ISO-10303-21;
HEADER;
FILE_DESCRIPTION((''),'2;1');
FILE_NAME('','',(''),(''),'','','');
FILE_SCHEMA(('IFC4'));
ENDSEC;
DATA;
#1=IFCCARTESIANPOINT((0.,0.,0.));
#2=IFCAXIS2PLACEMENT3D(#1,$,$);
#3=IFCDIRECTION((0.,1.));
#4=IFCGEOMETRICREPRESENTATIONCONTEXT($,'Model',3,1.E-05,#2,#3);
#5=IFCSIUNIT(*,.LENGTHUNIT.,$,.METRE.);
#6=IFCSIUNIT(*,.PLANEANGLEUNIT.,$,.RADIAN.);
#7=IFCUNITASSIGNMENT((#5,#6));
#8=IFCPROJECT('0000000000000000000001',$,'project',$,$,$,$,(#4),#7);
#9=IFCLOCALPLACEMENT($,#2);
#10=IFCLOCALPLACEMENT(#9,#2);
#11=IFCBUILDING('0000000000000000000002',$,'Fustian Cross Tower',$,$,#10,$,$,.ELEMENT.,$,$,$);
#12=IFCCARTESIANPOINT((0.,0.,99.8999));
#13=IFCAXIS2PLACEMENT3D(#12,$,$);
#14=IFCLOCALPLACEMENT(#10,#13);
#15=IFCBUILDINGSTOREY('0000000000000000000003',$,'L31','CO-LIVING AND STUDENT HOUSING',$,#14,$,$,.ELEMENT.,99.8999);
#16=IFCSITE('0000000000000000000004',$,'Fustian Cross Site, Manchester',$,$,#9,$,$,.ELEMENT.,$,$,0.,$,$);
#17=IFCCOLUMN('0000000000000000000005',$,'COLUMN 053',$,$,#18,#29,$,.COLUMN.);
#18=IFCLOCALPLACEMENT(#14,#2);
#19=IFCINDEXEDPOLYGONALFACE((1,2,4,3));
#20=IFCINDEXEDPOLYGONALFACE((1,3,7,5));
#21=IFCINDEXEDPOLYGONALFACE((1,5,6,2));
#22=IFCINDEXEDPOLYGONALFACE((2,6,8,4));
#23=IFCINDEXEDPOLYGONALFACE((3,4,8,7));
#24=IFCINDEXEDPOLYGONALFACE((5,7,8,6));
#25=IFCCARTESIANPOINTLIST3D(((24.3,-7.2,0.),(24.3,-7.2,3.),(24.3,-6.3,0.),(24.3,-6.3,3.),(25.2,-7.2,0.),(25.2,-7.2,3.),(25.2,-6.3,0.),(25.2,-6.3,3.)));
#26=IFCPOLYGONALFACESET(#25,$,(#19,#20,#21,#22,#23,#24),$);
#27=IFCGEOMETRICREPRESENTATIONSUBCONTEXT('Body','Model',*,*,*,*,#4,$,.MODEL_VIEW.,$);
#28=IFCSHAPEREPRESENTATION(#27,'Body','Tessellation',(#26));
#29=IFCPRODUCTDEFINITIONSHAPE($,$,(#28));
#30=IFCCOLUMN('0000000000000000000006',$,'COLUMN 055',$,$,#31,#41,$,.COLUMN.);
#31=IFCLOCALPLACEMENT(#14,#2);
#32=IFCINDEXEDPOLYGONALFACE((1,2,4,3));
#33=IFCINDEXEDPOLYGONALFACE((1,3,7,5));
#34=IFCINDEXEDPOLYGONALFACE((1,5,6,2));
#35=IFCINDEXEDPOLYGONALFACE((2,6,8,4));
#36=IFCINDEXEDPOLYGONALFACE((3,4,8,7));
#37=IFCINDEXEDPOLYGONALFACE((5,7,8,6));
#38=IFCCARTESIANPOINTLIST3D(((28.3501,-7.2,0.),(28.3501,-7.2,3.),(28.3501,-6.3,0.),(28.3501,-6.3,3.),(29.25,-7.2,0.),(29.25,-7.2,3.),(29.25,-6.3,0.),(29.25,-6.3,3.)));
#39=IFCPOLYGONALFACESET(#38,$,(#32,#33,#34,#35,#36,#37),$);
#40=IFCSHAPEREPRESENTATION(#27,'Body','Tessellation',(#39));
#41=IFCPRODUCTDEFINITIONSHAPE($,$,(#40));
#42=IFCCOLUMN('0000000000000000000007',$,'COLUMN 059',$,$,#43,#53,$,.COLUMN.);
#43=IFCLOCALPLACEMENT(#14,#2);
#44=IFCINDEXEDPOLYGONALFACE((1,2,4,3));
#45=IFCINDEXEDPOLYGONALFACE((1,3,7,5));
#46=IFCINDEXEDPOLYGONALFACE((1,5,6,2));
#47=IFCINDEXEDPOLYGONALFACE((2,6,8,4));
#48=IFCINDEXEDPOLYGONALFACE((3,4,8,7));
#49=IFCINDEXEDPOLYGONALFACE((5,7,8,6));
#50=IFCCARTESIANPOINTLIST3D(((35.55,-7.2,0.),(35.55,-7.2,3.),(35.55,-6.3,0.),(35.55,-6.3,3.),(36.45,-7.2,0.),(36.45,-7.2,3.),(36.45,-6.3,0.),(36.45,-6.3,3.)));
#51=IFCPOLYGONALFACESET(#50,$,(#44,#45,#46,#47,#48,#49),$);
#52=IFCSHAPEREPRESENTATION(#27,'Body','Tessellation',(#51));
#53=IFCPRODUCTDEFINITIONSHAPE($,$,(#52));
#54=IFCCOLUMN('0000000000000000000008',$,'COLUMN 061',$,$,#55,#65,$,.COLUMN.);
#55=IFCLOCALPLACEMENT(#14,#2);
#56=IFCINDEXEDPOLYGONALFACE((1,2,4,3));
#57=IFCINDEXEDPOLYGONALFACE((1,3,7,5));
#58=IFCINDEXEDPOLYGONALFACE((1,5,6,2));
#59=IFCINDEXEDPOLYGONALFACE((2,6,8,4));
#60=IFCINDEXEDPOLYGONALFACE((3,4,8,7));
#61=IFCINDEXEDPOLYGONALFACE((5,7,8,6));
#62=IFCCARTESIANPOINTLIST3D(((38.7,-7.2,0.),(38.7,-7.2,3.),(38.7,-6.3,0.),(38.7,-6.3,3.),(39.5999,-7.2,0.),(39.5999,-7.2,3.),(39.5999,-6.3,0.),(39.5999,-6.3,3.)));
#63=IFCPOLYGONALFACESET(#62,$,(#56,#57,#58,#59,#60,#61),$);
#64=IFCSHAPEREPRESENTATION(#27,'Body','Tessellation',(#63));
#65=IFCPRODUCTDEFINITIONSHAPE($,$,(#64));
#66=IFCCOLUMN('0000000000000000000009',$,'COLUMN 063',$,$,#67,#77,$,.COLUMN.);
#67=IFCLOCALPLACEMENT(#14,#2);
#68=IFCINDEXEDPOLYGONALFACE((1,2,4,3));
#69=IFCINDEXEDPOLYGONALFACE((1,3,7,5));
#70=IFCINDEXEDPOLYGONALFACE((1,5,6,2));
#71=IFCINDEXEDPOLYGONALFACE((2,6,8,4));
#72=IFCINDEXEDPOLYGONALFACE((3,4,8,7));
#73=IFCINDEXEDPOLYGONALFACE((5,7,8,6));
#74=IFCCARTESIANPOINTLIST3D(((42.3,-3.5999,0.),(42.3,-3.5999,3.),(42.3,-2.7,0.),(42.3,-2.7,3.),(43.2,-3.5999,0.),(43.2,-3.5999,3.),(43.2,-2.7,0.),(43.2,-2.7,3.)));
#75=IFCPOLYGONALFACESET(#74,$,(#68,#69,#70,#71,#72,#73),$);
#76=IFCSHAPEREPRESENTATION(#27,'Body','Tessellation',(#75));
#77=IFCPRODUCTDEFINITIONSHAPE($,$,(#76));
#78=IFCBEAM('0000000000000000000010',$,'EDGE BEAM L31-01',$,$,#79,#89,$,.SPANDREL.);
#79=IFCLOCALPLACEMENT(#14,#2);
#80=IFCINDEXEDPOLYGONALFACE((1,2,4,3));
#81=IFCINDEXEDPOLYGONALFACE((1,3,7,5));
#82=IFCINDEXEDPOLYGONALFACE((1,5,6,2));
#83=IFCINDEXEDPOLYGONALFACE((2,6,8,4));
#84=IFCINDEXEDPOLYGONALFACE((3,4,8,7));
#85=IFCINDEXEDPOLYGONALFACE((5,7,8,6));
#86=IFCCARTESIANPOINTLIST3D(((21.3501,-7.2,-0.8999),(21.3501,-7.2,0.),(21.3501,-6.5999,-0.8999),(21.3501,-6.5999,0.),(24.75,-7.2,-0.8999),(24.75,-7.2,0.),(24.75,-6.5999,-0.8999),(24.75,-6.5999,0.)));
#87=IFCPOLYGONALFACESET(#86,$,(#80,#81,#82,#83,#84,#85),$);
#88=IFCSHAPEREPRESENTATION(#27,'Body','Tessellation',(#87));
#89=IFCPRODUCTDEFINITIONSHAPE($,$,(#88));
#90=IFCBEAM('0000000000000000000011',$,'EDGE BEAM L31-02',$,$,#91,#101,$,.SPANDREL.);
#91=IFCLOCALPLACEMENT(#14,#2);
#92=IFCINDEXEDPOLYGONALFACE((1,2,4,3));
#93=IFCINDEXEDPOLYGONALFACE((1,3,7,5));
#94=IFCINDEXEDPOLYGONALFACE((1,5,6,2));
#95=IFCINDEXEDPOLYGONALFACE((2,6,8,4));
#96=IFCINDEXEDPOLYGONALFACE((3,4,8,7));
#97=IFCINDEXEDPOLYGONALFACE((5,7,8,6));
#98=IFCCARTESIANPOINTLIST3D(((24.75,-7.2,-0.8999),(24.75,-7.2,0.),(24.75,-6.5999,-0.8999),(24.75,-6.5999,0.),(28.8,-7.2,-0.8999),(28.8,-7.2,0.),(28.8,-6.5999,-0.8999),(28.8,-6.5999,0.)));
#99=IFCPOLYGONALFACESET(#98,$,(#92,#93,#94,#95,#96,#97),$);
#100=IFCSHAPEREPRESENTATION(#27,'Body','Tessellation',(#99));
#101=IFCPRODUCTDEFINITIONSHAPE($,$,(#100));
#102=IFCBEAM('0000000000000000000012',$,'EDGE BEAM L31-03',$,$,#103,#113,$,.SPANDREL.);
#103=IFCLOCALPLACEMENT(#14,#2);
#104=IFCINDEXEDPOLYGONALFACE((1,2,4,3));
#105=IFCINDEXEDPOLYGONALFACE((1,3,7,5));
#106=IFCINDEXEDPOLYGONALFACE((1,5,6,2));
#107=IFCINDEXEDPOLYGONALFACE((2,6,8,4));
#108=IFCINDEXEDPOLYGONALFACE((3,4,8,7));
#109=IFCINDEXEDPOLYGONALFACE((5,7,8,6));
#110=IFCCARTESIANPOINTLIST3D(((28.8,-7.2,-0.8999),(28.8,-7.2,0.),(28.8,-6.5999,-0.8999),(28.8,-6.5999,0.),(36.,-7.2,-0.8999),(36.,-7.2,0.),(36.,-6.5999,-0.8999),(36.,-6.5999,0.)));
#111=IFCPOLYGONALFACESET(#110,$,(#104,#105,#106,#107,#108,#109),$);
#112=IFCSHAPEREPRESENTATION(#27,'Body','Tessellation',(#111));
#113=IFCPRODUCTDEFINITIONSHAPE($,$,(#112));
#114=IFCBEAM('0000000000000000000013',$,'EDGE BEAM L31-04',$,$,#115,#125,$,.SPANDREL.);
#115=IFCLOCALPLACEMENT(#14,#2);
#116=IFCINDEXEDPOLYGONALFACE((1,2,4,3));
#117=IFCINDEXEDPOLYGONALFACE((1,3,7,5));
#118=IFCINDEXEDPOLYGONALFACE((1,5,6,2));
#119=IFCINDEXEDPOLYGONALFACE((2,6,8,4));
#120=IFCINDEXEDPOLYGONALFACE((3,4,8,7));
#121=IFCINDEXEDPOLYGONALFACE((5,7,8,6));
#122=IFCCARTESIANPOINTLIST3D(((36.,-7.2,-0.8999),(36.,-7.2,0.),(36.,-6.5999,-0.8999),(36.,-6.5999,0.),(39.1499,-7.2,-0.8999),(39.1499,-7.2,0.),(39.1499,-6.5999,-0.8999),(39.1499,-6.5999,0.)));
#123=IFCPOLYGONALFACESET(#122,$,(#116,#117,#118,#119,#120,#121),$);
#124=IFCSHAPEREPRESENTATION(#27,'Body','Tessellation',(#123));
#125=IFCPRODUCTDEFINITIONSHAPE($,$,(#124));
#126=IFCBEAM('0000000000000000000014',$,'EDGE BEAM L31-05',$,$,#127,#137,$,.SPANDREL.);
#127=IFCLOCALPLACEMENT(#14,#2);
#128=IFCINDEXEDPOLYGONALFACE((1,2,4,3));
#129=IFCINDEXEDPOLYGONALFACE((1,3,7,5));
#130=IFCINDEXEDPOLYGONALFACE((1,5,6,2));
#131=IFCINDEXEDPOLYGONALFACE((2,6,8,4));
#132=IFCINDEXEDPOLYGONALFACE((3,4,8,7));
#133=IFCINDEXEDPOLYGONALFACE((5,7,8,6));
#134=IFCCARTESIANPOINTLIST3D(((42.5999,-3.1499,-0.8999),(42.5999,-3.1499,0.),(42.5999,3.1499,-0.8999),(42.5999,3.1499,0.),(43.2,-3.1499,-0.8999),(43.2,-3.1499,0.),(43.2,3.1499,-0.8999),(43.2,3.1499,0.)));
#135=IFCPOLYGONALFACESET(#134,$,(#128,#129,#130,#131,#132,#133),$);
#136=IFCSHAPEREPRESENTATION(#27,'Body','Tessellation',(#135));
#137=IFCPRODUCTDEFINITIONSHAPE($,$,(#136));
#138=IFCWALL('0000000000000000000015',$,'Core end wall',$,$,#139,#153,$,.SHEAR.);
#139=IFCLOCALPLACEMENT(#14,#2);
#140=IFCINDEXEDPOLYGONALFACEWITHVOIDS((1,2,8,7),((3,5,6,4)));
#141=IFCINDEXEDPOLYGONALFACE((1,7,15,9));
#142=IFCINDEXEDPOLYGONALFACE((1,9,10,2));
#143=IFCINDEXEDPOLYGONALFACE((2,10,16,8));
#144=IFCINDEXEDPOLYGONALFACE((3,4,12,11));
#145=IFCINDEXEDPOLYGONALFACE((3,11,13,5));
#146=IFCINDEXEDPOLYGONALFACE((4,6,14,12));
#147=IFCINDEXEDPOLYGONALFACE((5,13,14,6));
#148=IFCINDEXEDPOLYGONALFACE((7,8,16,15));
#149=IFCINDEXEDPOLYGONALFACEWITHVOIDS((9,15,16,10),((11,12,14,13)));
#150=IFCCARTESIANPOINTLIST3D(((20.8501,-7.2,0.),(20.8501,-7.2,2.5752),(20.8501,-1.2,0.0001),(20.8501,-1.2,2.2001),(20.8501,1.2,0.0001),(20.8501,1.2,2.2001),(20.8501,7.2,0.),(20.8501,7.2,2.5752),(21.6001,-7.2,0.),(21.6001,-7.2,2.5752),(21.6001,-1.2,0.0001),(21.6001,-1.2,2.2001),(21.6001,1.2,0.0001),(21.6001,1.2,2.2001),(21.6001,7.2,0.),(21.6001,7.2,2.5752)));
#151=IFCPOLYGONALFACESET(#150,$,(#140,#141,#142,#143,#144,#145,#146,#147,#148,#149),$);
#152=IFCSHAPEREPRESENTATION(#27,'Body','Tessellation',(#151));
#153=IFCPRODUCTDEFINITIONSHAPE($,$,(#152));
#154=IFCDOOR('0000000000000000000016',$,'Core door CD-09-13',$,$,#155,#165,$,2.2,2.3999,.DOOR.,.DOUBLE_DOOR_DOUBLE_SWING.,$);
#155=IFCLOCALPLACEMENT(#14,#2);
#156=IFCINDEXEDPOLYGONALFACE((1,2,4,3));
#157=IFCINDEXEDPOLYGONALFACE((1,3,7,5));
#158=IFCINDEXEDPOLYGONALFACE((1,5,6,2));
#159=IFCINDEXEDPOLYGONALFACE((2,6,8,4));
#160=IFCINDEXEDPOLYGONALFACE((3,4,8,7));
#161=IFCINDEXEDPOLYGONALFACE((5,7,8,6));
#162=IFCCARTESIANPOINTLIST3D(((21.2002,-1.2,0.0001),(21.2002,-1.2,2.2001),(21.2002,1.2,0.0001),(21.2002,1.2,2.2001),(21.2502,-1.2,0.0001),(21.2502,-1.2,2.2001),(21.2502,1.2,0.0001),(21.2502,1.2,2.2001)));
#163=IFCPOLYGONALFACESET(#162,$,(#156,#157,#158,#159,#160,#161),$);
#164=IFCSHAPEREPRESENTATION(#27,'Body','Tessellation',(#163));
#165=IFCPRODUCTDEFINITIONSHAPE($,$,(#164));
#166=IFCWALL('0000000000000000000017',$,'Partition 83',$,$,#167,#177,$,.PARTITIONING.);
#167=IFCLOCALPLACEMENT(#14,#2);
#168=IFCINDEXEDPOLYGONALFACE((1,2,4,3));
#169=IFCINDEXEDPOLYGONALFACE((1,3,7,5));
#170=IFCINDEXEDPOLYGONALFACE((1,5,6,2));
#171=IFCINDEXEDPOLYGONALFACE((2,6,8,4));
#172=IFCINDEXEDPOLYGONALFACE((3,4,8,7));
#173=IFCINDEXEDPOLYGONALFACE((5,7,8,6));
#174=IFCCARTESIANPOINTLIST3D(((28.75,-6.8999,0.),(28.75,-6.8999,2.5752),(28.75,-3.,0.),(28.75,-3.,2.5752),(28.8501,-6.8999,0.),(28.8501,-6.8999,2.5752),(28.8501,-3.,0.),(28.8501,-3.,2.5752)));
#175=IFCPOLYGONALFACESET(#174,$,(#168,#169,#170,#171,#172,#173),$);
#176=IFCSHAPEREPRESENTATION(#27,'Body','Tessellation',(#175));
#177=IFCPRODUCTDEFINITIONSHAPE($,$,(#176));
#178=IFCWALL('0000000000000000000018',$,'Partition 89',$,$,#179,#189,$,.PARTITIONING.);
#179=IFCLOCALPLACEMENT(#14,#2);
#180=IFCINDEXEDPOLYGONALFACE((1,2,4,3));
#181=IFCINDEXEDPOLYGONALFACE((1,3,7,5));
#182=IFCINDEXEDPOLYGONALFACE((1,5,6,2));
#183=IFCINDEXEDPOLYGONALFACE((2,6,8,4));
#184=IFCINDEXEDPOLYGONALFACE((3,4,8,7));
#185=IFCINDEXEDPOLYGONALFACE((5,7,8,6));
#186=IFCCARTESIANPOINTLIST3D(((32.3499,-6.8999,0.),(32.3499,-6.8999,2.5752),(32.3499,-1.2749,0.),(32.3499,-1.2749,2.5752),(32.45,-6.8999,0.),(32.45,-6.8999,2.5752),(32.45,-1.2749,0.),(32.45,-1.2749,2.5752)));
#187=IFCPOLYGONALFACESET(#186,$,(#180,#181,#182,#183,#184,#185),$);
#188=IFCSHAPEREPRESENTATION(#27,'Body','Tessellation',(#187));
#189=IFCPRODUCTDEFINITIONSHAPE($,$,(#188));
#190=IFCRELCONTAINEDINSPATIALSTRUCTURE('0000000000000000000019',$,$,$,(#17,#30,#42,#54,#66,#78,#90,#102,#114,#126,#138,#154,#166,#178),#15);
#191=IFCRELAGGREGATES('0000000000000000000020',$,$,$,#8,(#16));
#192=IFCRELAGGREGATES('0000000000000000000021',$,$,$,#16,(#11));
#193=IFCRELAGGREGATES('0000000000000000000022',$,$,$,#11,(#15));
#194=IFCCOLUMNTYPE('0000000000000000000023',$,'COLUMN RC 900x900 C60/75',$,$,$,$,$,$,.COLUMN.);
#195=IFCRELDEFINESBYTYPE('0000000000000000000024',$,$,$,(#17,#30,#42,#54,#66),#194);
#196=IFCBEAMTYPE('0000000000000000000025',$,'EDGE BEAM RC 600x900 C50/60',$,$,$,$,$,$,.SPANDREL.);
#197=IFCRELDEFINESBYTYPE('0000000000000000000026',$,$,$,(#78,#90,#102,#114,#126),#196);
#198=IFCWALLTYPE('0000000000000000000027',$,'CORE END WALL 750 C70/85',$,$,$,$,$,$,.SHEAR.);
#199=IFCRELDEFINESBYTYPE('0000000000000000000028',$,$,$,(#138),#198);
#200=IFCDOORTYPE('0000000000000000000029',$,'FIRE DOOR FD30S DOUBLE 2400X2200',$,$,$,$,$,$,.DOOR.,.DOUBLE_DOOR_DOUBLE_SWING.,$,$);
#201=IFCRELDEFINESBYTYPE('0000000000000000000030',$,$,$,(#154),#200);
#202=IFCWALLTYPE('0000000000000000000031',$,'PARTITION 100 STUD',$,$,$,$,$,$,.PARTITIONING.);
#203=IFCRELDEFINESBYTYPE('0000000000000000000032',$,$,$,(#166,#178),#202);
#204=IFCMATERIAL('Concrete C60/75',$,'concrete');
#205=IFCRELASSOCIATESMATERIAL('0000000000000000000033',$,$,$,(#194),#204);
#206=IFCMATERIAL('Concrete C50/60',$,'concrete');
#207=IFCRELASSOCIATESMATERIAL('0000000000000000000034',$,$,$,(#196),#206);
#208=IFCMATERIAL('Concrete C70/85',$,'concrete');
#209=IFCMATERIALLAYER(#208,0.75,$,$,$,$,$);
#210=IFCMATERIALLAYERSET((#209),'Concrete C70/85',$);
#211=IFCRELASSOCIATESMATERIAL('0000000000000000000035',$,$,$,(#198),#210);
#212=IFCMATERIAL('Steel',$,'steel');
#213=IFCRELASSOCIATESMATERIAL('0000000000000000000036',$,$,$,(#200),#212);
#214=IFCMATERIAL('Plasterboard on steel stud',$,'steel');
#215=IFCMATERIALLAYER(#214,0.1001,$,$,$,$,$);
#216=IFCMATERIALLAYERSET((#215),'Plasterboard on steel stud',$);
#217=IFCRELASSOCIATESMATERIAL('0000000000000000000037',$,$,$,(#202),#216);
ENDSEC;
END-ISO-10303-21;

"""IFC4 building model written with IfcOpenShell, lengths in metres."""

from ifc_helpers import new_model, si_unit, direction, frame, frame_2d, origin, origin_2d, place, context, subcontext, project, spatial, rectangle, extrude, material, layer, layer_set, material_profile, profile_set, type_object, element, fill, save


model = new_model("IFC4")

# Units and contexts
model_context = context("Model", 3, precision=1e-05, world=origin(), true_north=direction((0.0, 1.0)))
body_context = subcontext(model_context, "Body", "Model", "MODEL_VIEW")
ifc_project = project(units=[si_unit("LENGTHUNIT", "METRE"), si_unit("PLANEANGLEUNIT", "RADIAN")], contexts=[model_context])

# Site, building, storey
site_placement = place(None, origin())
site = spatial("IfcSite", under=ifc_project, at=site_placement, Name="Fustian Cross Site, Manchester", CompositionType="ELEMENT", RefElevation=0.0)
building_placement = place(site_placement, origin())
building = spatial("IfcBuilding", under=site, at=building_placement, Name="Fustian Cross Tower", CompositionType="ELEMENT")
storey_placement = place(building_placement, frame((0.0, 0.0, 99.8999)))
storey = spatial("IfcBuildingStorey", under=building, at=storey_placement, Name="L31", Description="CO-LIVING AND STUDENT HOUSING", CompositionType="ELEMENT", Elevation=99.8999)

# Columns
ifc_material_1 = material(Name="Concrete C60/75", Category="concrete")
ifc_material_profile_1 = material_profile(ifc_material_1, rectangle(XDim=0.8999, YDim=0.8999, at=origin_2d()), Name="RC 900x900")
ifc_profile_set_1 = profile_set([ifc_material_profile_1], Name="Concrete C60/75")
column_type = type_object("IfcColumnType", Name="COLUMN RC 900x900 C60/75", PredefinedType="COLUMN", material=ifc_profile_set_1)
for number, where, z_axis, x_axis, name in (
    (1, (24.75, -6.75, 0.0), (0.0, 0.0, 1.0), (1.0, 0.0, 0.0), "COLUMN 053"),
    (2, (28.8, -6.75, 0.0), (0.0, 0.0, 1.0), (1.0, 0.0, 0.0), "COLUMN 055"),
    (3, (36.0, -6.75, 0.0), (0.0, 0.0, 1.0), (1.0, 0.0, 0.0), "COLUMN 059"),
    (4, (39.1499, -6.75, 0.0), (0.0, 0.0, 1.0), (1.0, 0.0, 0.0), "COLUMN 061"),
    (5, (42.75, -3.1499, 0.0), (0.0, 0.0, 1.0), (1.0, 0.0, 0.0), "COLUMN 063"),
):
    element("IfcColumn", number, at=place(storey_placement, frame(where, z_axis=z_axis, x_axis=x_axis)), inside=storey, type_object=column_type, Name=name, PredefinedType="COLUMN", context=body_context, shape_type="SweptSolid", body=[
        extrude(rectangle(XDim=0.8999, YDim=0.8999, at=origin_2d()), origin(), (0.0, 0.0, 1.0), 3.0),
    ])

# Beams
ifc_material_2 = material(Name="Concrete C50/60", Category="concrete")
ifc_material_profile_2 = material_profile(ifc_material_2, rectangle(XDim=0.6001, YDim=0.8999, at=origin_2d()), Name="RC 600x900")
ifc_profile_set_2 = profile_set([ifc_material_profile_2], Name="Concrete C50/60")
beam_type = type_object("IfcBeamType", Name="EDGE BEAM RC 600x900 C50/60", PredefinedType="SPANDREL", material=ifc_profile_set_2)
beam_1_placement = place(storey_placement, frame((21.3501, -6.8999, -0.45), z_axis=(1.0, 0.0, 0.0), x_axis=(0.0, 1.0, 0.0)))
element("IfcBeam", 6, at=beam_1_placement, inside=storey, type_object=beam_type, Name="EDGE BEAM L31-01", PredefinedType="SPANDREL", context=body_context, shape_type="SweptSolid", body=[
    extrude(rectangle(XDim=0.6001, YDim=0.8999, at=origin_2d()), origin(), (0.0, 0.0, 1.0), 3.3999),
])
beam_2_placement = place(storey_placement, frame((24.75, -6.8999, -0.45), z_axis=(1.0, 0.0, 0.0), x_axis=(0.0, 1.0, 0.0)))
element("IfcBeam", 7, at=beam_2_placement, inside=storey, type_object=beam_type, Name="EDGE BEAM L31-02", PredefinedType="SPANDREL", context=body_context, shape_type="SweptSolid", body=[
    extrude(rectangle(XDim=0.6001, YDim=0.8999, at=origin_2d()), origin(), (0.0, 0.0, 1.0), 4.05),
])
beam_3_placement = place(storey_placement, frame((28.8, -6.8999, -0.45), z_axis=(1.0, 0.0, 0.0), x_axis=(0.0, 1.0, 0.0)))
element("IfcBeam", 8, at=beam_3_placement, inside=storey, type_object=beam_type, Name="EDGE BEAM L31-03", PredefinedType="SPANDREL", context=body_context, shape_type="SweptSolid", body=[
    extrude(rectangle(XDim=0.6001, YDim=0.8999, at=origin_2d()), origin(), (0.0, 0.0, 1.0), 7.2),
])
beam_4_placement = place(storey_placement, frame((36.0, -6.8999, -0.45), z_axis=(1.0, 0.0, 0.0), x_axis=(0.0, 1.0, 0.0)))
element("IfcBeam", 9, at=beam_4_placement, inside=storey, type_object=beam_type, Name="EDGE BEAM L31-04", PredefinedType="SPANDREL", context=body_context, shape_type="SweptSolid", body=[
    extrude(rectangle(XDim=0.6001, YDim=0.8999, at=origin_2d()), origin(), (0.0, 0.0, 1.0), 3.1499),
])
beam_5_placement = place(storey_placement, frame((42.8999, -3.1499, -0.45), z_axis=(0.0, 1.0, 0.0), x_axis=(-1.0, 0.0, 0.0)))
element("IfcBeam", 10, at=beam_5_placement, inside=storey, type_object=beam_type, Name="EDGE BEAM L31-05", PredefinedType="SPANDREL", context=body_context, shape_type="SweptSolid", body=[
    extrude(rectangle(XDim=0.6001, YDim=0.8999, at=origin_2d()), origin(), (0.0, 0.0, 1.0), 6.2998),
])

# Wall, opening, door
ifc_material_3 = material(Name="Concrete C70/85", Category="concrete")
ifc_layer_1 = layer(ifc_material_3, 0.75)
ifc_layer_set_1 = layer_set([ifc_layer_1], Name="Concrete C70/85")
wall_type_1 = type_object("IfcWallType", Name="CORE END WALL 750 C70/85", PredefinedType="SHEAR", material=ifc_layer_set_1)
wall_1_placement = place(storey_placement, frame((21.2251, -7.2, 0.0), z_axis=(0.0, 0.0, 1.0), x_axis=(0.0, 1.0, 0.0)))
wall_1 = element("IfcWall", 11, at=wall_1_placement, inside=storey, type_object=wall_type_1, Name="Core end wall", PredefinedType="SHEAR", context=body_context, shape_type="SweptSolid", body=[
    extrude(rectangle(XDim=14.3999, YDim=0.75, at=frame_2d((7.2, 0.0))), origin(), (0.0, 0.0, 1.0), 2.5752),
])
opening_1_placement = place(wall_1_placement, frame((6.0, 0.0, 0.0)))
opening_1 = element("IfcOpeningElement", 12, at=opening_1_placement, cuts=wall_1, PredefinedType="OPENING", context=body_context, shape_type="SweptSolid", body=[
    extrude(rectangle(XDim=2.3999, YDim=2.2, at=frame_2d((1.2, 1.1001))), frame((0.0, 0.385, 0.0), z_axis=(0.0, -1.0, 0.0), x_axis=(1.0, 0.0, 0.0)), (0.0, 0.0, 1.0), 0.77),
])
ifc_material_4 = material(Name="Steel", Category="steel")
door_type = type_object("IfcDoorType", Name="FIRE DOOR FD30S DOUBLE 2400X2200", OperationType="DOUBLE_DOOR_DOUBLE_SWING", PredefinedType="DOOR", material=ifc_material_4)
door_placement = place(opening_1_placement, origin())
door = element("IfcDoor", 13, at=door_placement, inside=storey, type_object=door_type, Name="Core door CD-09-13", OperationType="DOUBLE_DOOR_DOUBLE_SWING", OverallHeight=2.2, OverallWidth=2.3999, PredefinedType="DOOR", context=body_context, shape_type="SweptSolid", body=[
    extrude(rectangle(XDim=2.3999, YDim=2.2, at=frame_2d((1.2, 1.1001))), frame((0.0, 0.0249, 0.0), z_axis=(0.0, -1.0, 0.0), x_axis=(1.0, 0.0, 0.0)), (0.0, 0.0, 1.0), 0.05),
])
fill(opening_1, door)

# Walls
ifc_material_5 = material(Name="Plasterboard on steel stud", Category="steel")
ifc_layer_2 = layer(ifc_material_5, 0.1001)
ifc_layer_set_2 = layer_set([ifc_layer_2], Name="Plasterboard on steel stud")
wall_type_2 = type_object("IfcWallType", Name="PARTITION 100 STUD", PredefinedType="PARTITIONING", material=ifc_layer_set_2)
wall_2_placement = place(storey_placement, frame((28.8, -6.8999, 0.0), z_axis=(0.0, 0.0, 1.0), x_axis=(0.0, 1.0, 0.0)))
element("IfcWall", 14, at=wall_2_placement, inside=storey, type_object=wall_type_2, Name="Partition 83", PredefinedType="PARTITIONING", context=body_context, shape_type="SweptSolid", body=[
    extrude(rectangle(XDim=3.8999, YDim=0.1001, at=frame_2d((1.95, 0.0))), origin(), (0.0, 0.0, 1.0), 2.5752),
])
wall_3_placement = place(storey_placement, frame((32.3999, -6.8999, 0.0), z_axis=(0.0, 0.0, 1.0), x_axis=(0.0, 1.0, 0.0)))
element("IfcWall", 15, at=wall_3_placement, inside=storey, type_object=wall_type_2, Name="Partition 89", PredefinedType="PARTITIONING", context=body_context, shape_type="SweptSolid", body=[
    extrude(rectangle(XDim=5.625, YDim=0.1001, at=frame_2d((2.8125, 0.0))), origin(), (0.0, 0.0, 1.0), 2.5752),
])

save(model, "model.ifc")
